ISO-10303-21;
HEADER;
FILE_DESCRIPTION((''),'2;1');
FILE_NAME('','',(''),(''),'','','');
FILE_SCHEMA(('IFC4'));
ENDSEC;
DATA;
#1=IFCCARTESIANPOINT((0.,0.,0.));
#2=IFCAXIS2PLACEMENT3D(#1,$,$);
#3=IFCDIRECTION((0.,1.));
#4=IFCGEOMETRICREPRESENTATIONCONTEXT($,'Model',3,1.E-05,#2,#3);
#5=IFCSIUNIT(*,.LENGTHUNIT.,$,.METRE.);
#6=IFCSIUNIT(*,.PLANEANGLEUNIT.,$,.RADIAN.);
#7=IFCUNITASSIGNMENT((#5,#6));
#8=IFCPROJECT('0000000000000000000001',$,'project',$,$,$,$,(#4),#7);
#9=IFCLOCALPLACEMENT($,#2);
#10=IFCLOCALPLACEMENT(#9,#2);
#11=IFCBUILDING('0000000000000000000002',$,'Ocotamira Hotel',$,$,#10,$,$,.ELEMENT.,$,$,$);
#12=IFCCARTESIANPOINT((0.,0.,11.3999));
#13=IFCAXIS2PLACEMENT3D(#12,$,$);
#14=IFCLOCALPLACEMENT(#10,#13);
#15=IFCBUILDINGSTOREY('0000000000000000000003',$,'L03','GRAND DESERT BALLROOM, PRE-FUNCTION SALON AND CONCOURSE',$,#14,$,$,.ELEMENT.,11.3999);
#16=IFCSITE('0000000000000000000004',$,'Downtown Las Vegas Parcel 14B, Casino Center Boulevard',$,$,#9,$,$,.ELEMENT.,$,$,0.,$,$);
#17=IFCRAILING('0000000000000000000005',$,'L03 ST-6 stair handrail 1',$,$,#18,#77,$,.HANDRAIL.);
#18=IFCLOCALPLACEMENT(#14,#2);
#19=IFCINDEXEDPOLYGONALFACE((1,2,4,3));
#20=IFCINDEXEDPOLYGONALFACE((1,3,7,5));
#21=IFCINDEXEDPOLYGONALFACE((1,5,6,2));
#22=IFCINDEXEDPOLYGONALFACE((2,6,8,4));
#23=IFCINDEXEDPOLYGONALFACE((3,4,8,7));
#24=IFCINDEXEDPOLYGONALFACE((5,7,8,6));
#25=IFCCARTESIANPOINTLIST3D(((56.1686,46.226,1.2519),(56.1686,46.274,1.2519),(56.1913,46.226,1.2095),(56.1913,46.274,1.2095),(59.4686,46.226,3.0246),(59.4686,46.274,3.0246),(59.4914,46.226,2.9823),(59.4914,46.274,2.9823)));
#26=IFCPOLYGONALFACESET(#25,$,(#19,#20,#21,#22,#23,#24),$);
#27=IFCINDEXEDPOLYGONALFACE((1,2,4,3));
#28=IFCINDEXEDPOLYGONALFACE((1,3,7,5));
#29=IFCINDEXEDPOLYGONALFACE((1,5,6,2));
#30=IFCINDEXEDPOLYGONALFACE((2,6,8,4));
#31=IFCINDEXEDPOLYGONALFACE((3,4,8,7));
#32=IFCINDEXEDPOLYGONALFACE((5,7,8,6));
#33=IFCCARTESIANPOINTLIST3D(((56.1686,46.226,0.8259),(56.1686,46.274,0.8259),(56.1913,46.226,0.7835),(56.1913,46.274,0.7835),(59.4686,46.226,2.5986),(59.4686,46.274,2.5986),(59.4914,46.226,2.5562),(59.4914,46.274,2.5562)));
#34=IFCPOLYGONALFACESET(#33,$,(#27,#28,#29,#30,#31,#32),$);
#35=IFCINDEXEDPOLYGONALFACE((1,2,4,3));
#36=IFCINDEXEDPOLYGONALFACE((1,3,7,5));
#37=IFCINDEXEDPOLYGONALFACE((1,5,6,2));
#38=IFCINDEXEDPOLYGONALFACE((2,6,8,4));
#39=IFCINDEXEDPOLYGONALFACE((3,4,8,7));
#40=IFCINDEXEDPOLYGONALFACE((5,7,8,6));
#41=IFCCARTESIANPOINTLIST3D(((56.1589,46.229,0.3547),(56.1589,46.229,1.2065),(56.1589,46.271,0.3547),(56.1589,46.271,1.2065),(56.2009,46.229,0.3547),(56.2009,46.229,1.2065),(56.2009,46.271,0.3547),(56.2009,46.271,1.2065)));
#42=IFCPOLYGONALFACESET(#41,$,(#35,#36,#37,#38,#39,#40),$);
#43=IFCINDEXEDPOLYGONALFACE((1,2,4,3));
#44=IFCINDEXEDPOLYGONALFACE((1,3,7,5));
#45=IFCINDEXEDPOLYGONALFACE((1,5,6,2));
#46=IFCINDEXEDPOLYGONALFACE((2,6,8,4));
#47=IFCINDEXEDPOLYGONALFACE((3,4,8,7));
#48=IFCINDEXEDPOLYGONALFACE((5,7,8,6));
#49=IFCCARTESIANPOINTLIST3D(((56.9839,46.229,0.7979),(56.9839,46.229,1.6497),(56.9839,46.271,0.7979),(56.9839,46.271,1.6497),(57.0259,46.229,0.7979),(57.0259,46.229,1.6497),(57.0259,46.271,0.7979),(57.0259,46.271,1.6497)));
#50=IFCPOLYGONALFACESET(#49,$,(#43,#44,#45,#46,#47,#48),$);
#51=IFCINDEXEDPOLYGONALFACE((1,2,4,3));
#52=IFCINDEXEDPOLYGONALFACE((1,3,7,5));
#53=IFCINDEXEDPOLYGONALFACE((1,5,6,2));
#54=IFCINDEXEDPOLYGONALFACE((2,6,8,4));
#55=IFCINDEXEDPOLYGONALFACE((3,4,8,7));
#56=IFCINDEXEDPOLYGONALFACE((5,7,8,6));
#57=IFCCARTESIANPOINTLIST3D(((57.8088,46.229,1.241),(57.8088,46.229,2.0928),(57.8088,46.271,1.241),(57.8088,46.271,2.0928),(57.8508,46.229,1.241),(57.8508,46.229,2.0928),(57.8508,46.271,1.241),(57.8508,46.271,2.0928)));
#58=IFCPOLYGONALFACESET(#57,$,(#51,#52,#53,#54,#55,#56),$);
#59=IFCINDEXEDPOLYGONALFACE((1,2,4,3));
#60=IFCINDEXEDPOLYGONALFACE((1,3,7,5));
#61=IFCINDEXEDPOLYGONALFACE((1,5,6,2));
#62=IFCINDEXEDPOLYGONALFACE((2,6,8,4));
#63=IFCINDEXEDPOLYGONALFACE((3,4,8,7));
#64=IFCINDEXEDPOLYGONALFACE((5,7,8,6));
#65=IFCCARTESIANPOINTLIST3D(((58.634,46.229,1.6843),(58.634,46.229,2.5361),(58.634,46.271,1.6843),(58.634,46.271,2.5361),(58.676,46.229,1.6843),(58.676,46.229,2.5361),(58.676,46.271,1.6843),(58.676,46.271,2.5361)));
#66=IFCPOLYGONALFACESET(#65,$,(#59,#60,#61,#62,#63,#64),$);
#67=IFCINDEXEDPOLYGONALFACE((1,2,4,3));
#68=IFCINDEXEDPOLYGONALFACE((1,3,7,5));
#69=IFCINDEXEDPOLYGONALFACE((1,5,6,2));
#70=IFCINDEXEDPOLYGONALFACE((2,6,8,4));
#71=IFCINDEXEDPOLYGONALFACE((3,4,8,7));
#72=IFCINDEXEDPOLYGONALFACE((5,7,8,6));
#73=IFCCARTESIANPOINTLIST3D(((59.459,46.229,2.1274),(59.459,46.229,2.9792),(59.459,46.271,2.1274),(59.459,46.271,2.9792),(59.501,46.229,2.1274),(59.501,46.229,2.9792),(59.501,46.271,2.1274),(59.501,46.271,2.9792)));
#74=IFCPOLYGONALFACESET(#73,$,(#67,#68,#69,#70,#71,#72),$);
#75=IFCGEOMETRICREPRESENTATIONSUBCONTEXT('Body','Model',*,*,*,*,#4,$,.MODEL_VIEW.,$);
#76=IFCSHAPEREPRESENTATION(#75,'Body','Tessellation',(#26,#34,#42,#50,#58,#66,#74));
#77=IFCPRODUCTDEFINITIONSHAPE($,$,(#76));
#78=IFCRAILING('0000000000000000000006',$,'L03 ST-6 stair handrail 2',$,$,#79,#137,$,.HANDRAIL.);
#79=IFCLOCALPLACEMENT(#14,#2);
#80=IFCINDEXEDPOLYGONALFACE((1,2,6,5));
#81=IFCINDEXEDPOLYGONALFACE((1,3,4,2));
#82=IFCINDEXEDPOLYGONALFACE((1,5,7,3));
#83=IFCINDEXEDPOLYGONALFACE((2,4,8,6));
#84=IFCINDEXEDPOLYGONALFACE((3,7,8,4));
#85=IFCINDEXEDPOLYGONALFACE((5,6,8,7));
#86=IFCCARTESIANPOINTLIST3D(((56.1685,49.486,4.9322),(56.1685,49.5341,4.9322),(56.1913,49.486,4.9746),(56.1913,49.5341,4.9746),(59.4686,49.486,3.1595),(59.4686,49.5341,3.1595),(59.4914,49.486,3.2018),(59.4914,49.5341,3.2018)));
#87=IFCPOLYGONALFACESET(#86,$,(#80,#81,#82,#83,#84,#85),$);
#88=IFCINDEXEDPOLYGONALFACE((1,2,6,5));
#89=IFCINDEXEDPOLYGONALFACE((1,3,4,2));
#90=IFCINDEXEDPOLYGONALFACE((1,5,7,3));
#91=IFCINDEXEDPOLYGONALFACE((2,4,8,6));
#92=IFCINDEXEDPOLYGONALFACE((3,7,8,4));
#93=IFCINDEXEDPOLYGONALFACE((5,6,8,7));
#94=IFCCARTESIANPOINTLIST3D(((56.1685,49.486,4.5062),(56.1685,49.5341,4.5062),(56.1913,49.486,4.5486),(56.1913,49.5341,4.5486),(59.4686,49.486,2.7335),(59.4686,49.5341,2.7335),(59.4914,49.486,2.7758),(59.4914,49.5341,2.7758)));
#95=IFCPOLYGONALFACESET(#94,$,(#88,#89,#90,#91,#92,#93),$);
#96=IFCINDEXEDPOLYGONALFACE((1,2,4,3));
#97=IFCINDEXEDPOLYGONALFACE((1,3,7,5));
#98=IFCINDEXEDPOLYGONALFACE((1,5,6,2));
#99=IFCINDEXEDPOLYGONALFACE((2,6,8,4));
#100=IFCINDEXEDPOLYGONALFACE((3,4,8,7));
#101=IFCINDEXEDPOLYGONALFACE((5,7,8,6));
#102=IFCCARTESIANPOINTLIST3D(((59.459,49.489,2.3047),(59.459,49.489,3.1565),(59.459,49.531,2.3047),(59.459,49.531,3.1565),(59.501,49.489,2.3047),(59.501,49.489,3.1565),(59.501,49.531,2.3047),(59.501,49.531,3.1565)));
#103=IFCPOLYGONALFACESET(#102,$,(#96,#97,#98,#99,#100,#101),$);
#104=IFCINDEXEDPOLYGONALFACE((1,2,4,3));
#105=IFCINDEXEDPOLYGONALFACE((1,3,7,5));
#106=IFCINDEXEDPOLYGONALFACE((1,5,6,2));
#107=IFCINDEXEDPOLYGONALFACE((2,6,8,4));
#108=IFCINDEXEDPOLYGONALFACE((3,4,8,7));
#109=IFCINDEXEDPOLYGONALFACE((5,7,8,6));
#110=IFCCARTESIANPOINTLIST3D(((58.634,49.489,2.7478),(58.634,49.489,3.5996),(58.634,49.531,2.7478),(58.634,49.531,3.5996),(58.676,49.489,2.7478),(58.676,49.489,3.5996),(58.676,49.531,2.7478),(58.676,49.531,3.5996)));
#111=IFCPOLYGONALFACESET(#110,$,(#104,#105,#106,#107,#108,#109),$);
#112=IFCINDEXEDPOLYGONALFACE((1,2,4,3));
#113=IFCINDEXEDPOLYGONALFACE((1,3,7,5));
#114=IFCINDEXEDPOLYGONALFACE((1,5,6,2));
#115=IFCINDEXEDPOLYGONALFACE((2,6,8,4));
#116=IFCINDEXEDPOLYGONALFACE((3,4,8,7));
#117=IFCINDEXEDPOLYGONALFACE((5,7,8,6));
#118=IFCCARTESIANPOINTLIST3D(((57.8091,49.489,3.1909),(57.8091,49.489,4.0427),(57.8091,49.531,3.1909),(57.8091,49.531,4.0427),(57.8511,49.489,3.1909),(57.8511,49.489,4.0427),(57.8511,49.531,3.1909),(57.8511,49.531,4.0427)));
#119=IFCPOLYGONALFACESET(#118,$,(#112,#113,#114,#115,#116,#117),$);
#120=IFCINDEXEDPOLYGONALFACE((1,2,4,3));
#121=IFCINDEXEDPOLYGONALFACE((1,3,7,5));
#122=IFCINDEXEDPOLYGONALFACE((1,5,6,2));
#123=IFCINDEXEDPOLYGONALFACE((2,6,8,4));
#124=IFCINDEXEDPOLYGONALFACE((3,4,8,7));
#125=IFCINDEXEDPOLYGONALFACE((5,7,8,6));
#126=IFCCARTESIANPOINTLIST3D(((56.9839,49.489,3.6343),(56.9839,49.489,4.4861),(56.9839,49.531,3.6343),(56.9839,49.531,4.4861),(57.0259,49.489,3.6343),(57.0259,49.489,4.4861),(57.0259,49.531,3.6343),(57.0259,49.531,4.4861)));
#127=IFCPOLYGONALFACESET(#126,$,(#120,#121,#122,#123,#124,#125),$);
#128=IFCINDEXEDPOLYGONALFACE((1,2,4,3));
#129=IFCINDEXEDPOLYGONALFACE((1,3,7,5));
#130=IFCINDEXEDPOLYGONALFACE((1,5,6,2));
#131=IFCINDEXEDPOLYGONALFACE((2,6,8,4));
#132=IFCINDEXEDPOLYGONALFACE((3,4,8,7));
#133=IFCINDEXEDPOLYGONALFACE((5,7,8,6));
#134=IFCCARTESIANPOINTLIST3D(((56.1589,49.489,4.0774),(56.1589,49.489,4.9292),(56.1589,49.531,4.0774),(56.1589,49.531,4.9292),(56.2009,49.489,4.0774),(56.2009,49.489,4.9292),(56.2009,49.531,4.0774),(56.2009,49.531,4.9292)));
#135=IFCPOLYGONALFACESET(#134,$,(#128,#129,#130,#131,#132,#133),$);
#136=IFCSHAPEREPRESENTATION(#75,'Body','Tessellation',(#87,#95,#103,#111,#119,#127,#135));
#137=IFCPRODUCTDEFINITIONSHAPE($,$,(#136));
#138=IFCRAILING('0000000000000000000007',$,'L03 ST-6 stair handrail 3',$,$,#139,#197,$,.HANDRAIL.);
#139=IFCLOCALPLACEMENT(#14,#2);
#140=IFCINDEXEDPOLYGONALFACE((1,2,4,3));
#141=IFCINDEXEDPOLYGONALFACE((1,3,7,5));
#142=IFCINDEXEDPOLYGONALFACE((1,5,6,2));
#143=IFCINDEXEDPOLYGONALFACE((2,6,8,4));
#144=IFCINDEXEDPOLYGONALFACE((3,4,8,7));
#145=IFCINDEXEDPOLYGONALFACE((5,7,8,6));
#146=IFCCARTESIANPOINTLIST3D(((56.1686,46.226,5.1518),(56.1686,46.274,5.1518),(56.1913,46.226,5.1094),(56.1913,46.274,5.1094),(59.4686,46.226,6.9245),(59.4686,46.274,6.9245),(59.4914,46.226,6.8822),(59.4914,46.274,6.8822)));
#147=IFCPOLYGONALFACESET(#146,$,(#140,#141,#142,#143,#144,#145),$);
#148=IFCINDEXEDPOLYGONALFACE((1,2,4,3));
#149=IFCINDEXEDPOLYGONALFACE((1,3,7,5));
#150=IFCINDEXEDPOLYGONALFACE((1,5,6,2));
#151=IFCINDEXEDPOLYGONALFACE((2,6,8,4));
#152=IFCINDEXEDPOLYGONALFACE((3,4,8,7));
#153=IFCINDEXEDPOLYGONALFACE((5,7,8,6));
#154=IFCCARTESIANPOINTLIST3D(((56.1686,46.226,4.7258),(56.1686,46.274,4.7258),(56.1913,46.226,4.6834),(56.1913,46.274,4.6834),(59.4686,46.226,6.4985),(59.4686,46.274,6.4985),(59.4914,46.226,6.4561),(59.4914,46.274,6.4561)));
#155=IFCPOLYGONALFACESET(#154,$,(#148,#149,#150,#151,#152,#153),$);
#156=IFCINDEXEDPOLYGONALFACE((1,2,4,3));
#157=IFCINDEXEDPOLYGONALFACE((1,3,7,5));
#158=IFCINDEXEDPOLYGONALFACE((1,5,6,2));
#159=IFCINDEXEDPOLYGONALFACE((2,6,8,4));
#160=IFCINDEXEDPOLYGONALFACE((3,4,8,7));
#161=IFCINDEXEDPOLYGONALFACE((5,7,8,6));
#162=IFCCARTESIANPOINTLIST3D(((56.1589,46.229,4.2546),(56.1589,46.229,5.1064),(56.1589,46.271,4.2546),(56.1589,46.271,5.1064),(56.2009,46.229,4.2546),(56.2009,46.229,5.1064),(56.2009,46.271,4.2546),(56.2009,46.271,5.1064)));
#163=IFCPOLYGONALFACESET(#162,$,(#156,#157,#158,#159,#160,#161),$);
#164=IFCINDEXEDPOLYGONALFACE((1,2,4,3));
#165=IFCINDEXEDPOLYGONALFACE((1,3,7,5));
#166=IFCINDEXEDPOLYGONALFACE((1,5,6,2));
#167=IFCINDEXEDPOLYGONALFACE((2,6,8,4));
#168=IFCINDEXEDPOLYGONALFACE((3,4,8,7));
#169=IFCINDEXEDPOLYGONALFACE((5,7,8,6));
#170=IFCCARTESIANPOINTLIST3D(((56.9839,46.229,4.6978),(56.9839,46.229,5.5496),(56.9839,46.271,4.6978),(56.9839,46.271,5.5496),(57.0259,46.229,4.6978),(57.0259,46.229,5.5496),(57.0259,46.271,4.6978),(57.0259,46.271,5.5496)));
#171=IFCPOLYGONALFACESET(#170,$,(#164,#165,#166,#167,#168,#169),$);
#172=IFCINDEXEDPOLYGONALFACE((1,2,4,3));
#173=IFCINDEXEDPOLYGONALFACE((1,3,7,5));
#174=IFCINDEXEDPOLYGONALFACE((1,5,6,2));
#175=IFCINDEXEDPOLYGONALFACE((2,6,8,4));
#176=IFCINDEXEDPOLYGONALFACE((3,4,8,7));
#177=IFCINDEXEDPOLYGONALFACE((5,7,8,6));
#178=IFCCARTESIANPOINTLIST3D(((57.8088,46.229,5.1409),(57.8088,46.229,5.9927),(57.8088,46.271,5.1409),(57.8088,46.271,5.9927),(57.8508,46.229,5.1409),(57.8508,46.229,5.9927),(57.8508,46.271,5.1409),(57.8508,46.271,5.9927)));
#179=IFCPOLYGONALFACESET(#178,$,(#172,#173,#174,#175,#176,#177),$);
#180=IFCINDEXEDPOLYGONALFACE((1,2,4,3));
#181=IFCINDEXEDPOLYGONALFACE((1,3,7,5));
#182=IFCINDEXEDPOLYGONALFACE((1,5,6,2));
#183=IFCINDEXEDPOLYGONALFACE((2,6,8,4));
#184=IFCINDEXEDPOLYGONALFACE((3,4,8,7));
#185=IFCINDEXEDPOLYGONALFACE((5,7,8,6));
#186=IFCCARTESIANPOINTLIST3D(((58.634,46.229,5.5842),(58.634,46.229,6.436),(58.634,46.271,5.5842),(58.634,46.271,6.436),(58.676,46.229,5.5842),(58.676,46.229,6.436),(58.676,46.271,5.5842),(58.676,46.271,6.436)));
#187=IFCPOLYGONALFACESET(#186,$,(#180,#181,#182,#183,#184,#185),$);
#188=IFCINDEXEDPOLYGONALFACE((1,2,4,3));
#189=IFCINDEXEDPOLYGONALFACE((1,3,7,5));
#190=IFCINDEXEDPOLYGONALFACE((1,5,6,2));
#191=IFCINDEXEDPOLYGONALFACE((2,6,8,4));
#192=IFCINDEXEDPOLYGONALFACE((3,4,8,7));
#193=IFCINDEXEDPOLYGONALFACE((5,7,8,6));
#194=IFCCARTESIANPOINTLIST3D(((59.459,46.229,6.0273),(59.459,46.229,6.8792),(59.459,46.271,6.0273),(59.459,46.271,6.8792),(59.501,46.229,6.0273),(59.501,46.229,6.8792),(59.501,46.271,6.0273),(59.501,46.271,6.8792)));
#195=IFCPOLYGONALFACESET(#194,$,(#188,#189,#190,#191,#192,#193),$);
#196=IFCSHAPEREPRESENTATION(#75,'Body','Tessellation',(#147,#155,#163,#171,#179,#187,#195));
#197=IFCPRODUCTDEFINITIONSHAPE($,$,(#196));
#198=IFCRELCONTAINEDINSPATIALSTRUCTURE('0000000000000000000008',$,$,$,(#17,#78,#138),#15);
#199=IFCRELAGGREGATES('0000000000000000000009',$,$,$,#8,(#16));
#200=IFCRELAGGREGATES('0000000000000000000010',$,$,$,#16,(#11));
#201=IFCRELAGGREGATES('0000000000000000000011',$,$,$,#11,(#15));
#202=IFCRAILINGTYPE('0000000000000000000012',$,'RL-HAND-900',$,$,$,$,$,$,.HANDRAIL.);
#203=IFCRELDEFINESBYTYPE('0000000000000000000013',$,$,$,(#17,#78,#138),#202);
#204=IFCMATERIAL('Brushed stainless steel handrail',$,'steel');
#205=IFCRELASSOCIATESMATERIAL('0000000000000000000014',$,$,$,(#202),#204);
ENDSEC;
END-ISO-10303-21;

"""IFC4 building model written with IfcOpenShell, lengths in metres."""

from ifc_helpers import new_model, si_unit, direction, frame, origin, origin_2d, place, context, subcontext, project, spatial, rectangle, extrude, material, type_object, element, save


model = new_model("IFC4")

# Units and contexts
model_context = context("Model", 3, precision=1e-05, world=origin(), true_north=direction((0.0, 1.0)))
body_context = subcontext(model_context, "Body", "Model", "MODEL_VIEW")
ifc_project = project(units=[si_unit("LENGTHUNIT", "METRE"), si_unit("PLANEANGLEUNIT", "RADIAN")], contexts=[model_context])

# Site, building, storey
site_placement = place(None, origin())
site = spatial("IfcSite", under=ifc_project, at=site_placement, Name="Downtown Las Vegas Parcel 14B, Casino Center Boulevard", CompositionType="ELEMENT", RefElevation=0.0)
building_placement = place(site_placement, origin())
building = spatial("IfcBuilding", under=site, at=building_placement, Name="Ocotamira Hotel", CompositionType="ELEMENT")
storey_placement = place(building_placement, frame((0.0, 0.0, 11.3999)))
storey = spatial("IfcBuildingStorey", under=building, at=storey_placement, Name="L03", Description="GRAND DESERT BALLROOM, PRE-FUNCTION SALON AND CONCOURSE", CompositionType="ELEMENT", Elevation=11.3999)

# Railings
ifc_material_1 = material(Name="Brushed stainless steel handrail", Category="steel")
railing_type_1 = type_object("IfcRailingType", Name="RL-HAND-900", PredefinedType="HANDRAIL", material=ifc_material_1)
railing_1_placement = place(storey_placement, frame((56.1799, 46.25, 0.3547)))
element("IfcRailing", 1, at=railing_1_placement, inside=storey, type_object=railing_type_1, Name="L03 ST-6 stair handrail 1", PredefinedType="HANDRAIL", context=body_context, shape_type="SweptSolid", body=[
    extrude(rectangle(XDim=0.0481, YDim=0.0481, at=origin_2d()), frame((0.0, 0.0, 0.876), z_axis=(0.880944, 0.0, 0.473221), x_axis=(0.0, 1.0, 0.0)), (0.0, 0.0, 1.0), 3.7461),
    extrude(rectangle(XDim=0.0481, YDim=0.0481, at=origin_2d()), frame((0.0, 0.0, 0.45), z_axis=(0.880944, 0.0, 0.473221), x_axis=(0.0, 1.0, 0.0)), (0.0, 0.0, 1.0), 3.7461),
    extrude(rectangle(XDim=0.042, YDim=0.042, at=origin_2d()), origin(), (0.0, 0.0, 1.0), 0.8518),
    extrude(rectangle(XDim=0.042, YDim=0.042, at=origin_2d()), frame((0.825, 0.0, 0.4431)), (0.0, 0.0, 1.0), 0.8518),
    extrude(rectangle(XDim=0.042, YDim=0.042, at=origin_2d()), frame((1.6499, 0.0, 0.8862)), (0.0, 0.0, 1.0), 0.8518),
    extrude(rectangle(XDim=0.042, YDim=0.042, at=origin_2d()), frame((2.4751, 0.0, 1.3296)), (0.0, 0.0, 1.0), 0.8518),
    extrude(rectangle(XDim=0.042, YDim=0.042, at=origin_2d()), frame((3.3, 0.0, 1.7727)), (0.0, 0.0, 1.0), 0.8518),
])
railing_2_placement = place(storey_placement, frame((59.48, 49.51, 2.3047)))
element("IfcRailing", 2, at=railing_2_placement, inside=storey, type_object=railing_type_1, Name="L03 ST-6 stair handrail 2", PredefinedType="HANDRAIL", context=body_context, shape_type="SweptSolid", body=[
    extrude(rectangle(XDim=0.0481, YDim=0.0481, at=origin_2d()), frame((0.0, 0.0, 0.876), z_axis=(-0.880944, 0.0, 0.473221), x_axis=(0.0, -1.0, 0.0)), (0.0, 0.0, 1.0), 3.7461),
    extrude(rectangle(XDim=0.0481, YDim=0.0481, at=origin_2d()), frame((0.0, 0.0, 0.45), z_axis=(-0.880944, 0.0, 0.473221), x_axis=(0.0, -1.0, 0.0)), (0.0, 0.0, 1.0), 3.7461),
    extrude(rectangle(XDim=0.042, YDim=0.042, at=origin_2d()), origin(), (0.0, 0.0, 1.0), 0.8518),
    extrude(rectangle(XDim=0.042, YDim=0.042, at=origin_2d()), frame((-0.825, 0.0, 0.4431)), (0.0, 0.0, 1.0), 0.8518),
    extrude(rectangle(XDim=0.042, YDim=0.042, at=origin_2d()), frame((-1.6499, 0.0, 0.8862)), (0.0, 0.0, 1.0), 0.8518),
    extrude(rectangle(XDim=0.042, YDim=0.042, at=origin_2d()), frame((-2.4751, 0.0, 1.3296)), (0.0, 0.0, 1.0), 0.8518),
    extrude(rectangle(XDim=0.042, YDim=0.042, at=origin_2d()), frame((-3.3, 0.0, 1.7727)), (0.0, 0.0, 1.0), 0.8518),
])
railing_3_placement = place(storey_placement, frame((56.1799, 46.25, 4.2546)))
element("IfcRailing", 3, at=railing_3_placement, inside=storey, type_object=railing_type_1, Name="L03 ST-6 stair handrail 3", PredefinedType="HANDRAIL", context=body_context, shape_type="SweptSolid", body=[
    extrude(rectangle(XDim=0.0481, YDim=0.0481, at=origin_2d()), frame((0.0, 0.0, 0.876), z_axis=(0.880944, 0.0, 0.473221), x_axis=(0.0, 1.0, 0.0)), (0.0, 0.0, 1.0), 3.7461),
    extrude(rectangle(XDim=0.0481, YDim=0.0481, at=origin_2d()), frame((0.0, 0.0, 0.45), z_axis=(0.880944, 0.0, 0.473221), x_axis=(0.0, 1.0, 0.0)), (0.0, 0.0, 1.0), 3.7461),
    extrude(rectangle(XDim=0.042, YDim=0.042, at=origin_2d()), origin(), (0.0, 0.0, 1.0), 0.8518),
    extrude(rectangle(XDim=0.042, YDim=0.042, at=origin_2d()), frame((0.825, 0.0, 0.4431)), (0.0, 0.0, 1.0), 0.8518),
    extrude(rectangle(XDim=0.042, YDim=0.042, at=origin_2d()), frame((1.6499, 0.0, 0.8862)), (0.0, 0.0, 1.0), 0.8518),
    extrude(rectangle(XDim=0.042, YDim=0.042, at=origin_2d()), frame((2.4751, 0.0, 1.3296)), (0.0, 0.0, 1.0), 0.8518),
    extrude(rectangle(XDim=0.042, YDim=0.042, at=origin_2d()), frame((3.3, 0.0, 1.7727)), (0.0, 0.0, 1.0), 0.8518),
])

save(model, "model.ifc")
